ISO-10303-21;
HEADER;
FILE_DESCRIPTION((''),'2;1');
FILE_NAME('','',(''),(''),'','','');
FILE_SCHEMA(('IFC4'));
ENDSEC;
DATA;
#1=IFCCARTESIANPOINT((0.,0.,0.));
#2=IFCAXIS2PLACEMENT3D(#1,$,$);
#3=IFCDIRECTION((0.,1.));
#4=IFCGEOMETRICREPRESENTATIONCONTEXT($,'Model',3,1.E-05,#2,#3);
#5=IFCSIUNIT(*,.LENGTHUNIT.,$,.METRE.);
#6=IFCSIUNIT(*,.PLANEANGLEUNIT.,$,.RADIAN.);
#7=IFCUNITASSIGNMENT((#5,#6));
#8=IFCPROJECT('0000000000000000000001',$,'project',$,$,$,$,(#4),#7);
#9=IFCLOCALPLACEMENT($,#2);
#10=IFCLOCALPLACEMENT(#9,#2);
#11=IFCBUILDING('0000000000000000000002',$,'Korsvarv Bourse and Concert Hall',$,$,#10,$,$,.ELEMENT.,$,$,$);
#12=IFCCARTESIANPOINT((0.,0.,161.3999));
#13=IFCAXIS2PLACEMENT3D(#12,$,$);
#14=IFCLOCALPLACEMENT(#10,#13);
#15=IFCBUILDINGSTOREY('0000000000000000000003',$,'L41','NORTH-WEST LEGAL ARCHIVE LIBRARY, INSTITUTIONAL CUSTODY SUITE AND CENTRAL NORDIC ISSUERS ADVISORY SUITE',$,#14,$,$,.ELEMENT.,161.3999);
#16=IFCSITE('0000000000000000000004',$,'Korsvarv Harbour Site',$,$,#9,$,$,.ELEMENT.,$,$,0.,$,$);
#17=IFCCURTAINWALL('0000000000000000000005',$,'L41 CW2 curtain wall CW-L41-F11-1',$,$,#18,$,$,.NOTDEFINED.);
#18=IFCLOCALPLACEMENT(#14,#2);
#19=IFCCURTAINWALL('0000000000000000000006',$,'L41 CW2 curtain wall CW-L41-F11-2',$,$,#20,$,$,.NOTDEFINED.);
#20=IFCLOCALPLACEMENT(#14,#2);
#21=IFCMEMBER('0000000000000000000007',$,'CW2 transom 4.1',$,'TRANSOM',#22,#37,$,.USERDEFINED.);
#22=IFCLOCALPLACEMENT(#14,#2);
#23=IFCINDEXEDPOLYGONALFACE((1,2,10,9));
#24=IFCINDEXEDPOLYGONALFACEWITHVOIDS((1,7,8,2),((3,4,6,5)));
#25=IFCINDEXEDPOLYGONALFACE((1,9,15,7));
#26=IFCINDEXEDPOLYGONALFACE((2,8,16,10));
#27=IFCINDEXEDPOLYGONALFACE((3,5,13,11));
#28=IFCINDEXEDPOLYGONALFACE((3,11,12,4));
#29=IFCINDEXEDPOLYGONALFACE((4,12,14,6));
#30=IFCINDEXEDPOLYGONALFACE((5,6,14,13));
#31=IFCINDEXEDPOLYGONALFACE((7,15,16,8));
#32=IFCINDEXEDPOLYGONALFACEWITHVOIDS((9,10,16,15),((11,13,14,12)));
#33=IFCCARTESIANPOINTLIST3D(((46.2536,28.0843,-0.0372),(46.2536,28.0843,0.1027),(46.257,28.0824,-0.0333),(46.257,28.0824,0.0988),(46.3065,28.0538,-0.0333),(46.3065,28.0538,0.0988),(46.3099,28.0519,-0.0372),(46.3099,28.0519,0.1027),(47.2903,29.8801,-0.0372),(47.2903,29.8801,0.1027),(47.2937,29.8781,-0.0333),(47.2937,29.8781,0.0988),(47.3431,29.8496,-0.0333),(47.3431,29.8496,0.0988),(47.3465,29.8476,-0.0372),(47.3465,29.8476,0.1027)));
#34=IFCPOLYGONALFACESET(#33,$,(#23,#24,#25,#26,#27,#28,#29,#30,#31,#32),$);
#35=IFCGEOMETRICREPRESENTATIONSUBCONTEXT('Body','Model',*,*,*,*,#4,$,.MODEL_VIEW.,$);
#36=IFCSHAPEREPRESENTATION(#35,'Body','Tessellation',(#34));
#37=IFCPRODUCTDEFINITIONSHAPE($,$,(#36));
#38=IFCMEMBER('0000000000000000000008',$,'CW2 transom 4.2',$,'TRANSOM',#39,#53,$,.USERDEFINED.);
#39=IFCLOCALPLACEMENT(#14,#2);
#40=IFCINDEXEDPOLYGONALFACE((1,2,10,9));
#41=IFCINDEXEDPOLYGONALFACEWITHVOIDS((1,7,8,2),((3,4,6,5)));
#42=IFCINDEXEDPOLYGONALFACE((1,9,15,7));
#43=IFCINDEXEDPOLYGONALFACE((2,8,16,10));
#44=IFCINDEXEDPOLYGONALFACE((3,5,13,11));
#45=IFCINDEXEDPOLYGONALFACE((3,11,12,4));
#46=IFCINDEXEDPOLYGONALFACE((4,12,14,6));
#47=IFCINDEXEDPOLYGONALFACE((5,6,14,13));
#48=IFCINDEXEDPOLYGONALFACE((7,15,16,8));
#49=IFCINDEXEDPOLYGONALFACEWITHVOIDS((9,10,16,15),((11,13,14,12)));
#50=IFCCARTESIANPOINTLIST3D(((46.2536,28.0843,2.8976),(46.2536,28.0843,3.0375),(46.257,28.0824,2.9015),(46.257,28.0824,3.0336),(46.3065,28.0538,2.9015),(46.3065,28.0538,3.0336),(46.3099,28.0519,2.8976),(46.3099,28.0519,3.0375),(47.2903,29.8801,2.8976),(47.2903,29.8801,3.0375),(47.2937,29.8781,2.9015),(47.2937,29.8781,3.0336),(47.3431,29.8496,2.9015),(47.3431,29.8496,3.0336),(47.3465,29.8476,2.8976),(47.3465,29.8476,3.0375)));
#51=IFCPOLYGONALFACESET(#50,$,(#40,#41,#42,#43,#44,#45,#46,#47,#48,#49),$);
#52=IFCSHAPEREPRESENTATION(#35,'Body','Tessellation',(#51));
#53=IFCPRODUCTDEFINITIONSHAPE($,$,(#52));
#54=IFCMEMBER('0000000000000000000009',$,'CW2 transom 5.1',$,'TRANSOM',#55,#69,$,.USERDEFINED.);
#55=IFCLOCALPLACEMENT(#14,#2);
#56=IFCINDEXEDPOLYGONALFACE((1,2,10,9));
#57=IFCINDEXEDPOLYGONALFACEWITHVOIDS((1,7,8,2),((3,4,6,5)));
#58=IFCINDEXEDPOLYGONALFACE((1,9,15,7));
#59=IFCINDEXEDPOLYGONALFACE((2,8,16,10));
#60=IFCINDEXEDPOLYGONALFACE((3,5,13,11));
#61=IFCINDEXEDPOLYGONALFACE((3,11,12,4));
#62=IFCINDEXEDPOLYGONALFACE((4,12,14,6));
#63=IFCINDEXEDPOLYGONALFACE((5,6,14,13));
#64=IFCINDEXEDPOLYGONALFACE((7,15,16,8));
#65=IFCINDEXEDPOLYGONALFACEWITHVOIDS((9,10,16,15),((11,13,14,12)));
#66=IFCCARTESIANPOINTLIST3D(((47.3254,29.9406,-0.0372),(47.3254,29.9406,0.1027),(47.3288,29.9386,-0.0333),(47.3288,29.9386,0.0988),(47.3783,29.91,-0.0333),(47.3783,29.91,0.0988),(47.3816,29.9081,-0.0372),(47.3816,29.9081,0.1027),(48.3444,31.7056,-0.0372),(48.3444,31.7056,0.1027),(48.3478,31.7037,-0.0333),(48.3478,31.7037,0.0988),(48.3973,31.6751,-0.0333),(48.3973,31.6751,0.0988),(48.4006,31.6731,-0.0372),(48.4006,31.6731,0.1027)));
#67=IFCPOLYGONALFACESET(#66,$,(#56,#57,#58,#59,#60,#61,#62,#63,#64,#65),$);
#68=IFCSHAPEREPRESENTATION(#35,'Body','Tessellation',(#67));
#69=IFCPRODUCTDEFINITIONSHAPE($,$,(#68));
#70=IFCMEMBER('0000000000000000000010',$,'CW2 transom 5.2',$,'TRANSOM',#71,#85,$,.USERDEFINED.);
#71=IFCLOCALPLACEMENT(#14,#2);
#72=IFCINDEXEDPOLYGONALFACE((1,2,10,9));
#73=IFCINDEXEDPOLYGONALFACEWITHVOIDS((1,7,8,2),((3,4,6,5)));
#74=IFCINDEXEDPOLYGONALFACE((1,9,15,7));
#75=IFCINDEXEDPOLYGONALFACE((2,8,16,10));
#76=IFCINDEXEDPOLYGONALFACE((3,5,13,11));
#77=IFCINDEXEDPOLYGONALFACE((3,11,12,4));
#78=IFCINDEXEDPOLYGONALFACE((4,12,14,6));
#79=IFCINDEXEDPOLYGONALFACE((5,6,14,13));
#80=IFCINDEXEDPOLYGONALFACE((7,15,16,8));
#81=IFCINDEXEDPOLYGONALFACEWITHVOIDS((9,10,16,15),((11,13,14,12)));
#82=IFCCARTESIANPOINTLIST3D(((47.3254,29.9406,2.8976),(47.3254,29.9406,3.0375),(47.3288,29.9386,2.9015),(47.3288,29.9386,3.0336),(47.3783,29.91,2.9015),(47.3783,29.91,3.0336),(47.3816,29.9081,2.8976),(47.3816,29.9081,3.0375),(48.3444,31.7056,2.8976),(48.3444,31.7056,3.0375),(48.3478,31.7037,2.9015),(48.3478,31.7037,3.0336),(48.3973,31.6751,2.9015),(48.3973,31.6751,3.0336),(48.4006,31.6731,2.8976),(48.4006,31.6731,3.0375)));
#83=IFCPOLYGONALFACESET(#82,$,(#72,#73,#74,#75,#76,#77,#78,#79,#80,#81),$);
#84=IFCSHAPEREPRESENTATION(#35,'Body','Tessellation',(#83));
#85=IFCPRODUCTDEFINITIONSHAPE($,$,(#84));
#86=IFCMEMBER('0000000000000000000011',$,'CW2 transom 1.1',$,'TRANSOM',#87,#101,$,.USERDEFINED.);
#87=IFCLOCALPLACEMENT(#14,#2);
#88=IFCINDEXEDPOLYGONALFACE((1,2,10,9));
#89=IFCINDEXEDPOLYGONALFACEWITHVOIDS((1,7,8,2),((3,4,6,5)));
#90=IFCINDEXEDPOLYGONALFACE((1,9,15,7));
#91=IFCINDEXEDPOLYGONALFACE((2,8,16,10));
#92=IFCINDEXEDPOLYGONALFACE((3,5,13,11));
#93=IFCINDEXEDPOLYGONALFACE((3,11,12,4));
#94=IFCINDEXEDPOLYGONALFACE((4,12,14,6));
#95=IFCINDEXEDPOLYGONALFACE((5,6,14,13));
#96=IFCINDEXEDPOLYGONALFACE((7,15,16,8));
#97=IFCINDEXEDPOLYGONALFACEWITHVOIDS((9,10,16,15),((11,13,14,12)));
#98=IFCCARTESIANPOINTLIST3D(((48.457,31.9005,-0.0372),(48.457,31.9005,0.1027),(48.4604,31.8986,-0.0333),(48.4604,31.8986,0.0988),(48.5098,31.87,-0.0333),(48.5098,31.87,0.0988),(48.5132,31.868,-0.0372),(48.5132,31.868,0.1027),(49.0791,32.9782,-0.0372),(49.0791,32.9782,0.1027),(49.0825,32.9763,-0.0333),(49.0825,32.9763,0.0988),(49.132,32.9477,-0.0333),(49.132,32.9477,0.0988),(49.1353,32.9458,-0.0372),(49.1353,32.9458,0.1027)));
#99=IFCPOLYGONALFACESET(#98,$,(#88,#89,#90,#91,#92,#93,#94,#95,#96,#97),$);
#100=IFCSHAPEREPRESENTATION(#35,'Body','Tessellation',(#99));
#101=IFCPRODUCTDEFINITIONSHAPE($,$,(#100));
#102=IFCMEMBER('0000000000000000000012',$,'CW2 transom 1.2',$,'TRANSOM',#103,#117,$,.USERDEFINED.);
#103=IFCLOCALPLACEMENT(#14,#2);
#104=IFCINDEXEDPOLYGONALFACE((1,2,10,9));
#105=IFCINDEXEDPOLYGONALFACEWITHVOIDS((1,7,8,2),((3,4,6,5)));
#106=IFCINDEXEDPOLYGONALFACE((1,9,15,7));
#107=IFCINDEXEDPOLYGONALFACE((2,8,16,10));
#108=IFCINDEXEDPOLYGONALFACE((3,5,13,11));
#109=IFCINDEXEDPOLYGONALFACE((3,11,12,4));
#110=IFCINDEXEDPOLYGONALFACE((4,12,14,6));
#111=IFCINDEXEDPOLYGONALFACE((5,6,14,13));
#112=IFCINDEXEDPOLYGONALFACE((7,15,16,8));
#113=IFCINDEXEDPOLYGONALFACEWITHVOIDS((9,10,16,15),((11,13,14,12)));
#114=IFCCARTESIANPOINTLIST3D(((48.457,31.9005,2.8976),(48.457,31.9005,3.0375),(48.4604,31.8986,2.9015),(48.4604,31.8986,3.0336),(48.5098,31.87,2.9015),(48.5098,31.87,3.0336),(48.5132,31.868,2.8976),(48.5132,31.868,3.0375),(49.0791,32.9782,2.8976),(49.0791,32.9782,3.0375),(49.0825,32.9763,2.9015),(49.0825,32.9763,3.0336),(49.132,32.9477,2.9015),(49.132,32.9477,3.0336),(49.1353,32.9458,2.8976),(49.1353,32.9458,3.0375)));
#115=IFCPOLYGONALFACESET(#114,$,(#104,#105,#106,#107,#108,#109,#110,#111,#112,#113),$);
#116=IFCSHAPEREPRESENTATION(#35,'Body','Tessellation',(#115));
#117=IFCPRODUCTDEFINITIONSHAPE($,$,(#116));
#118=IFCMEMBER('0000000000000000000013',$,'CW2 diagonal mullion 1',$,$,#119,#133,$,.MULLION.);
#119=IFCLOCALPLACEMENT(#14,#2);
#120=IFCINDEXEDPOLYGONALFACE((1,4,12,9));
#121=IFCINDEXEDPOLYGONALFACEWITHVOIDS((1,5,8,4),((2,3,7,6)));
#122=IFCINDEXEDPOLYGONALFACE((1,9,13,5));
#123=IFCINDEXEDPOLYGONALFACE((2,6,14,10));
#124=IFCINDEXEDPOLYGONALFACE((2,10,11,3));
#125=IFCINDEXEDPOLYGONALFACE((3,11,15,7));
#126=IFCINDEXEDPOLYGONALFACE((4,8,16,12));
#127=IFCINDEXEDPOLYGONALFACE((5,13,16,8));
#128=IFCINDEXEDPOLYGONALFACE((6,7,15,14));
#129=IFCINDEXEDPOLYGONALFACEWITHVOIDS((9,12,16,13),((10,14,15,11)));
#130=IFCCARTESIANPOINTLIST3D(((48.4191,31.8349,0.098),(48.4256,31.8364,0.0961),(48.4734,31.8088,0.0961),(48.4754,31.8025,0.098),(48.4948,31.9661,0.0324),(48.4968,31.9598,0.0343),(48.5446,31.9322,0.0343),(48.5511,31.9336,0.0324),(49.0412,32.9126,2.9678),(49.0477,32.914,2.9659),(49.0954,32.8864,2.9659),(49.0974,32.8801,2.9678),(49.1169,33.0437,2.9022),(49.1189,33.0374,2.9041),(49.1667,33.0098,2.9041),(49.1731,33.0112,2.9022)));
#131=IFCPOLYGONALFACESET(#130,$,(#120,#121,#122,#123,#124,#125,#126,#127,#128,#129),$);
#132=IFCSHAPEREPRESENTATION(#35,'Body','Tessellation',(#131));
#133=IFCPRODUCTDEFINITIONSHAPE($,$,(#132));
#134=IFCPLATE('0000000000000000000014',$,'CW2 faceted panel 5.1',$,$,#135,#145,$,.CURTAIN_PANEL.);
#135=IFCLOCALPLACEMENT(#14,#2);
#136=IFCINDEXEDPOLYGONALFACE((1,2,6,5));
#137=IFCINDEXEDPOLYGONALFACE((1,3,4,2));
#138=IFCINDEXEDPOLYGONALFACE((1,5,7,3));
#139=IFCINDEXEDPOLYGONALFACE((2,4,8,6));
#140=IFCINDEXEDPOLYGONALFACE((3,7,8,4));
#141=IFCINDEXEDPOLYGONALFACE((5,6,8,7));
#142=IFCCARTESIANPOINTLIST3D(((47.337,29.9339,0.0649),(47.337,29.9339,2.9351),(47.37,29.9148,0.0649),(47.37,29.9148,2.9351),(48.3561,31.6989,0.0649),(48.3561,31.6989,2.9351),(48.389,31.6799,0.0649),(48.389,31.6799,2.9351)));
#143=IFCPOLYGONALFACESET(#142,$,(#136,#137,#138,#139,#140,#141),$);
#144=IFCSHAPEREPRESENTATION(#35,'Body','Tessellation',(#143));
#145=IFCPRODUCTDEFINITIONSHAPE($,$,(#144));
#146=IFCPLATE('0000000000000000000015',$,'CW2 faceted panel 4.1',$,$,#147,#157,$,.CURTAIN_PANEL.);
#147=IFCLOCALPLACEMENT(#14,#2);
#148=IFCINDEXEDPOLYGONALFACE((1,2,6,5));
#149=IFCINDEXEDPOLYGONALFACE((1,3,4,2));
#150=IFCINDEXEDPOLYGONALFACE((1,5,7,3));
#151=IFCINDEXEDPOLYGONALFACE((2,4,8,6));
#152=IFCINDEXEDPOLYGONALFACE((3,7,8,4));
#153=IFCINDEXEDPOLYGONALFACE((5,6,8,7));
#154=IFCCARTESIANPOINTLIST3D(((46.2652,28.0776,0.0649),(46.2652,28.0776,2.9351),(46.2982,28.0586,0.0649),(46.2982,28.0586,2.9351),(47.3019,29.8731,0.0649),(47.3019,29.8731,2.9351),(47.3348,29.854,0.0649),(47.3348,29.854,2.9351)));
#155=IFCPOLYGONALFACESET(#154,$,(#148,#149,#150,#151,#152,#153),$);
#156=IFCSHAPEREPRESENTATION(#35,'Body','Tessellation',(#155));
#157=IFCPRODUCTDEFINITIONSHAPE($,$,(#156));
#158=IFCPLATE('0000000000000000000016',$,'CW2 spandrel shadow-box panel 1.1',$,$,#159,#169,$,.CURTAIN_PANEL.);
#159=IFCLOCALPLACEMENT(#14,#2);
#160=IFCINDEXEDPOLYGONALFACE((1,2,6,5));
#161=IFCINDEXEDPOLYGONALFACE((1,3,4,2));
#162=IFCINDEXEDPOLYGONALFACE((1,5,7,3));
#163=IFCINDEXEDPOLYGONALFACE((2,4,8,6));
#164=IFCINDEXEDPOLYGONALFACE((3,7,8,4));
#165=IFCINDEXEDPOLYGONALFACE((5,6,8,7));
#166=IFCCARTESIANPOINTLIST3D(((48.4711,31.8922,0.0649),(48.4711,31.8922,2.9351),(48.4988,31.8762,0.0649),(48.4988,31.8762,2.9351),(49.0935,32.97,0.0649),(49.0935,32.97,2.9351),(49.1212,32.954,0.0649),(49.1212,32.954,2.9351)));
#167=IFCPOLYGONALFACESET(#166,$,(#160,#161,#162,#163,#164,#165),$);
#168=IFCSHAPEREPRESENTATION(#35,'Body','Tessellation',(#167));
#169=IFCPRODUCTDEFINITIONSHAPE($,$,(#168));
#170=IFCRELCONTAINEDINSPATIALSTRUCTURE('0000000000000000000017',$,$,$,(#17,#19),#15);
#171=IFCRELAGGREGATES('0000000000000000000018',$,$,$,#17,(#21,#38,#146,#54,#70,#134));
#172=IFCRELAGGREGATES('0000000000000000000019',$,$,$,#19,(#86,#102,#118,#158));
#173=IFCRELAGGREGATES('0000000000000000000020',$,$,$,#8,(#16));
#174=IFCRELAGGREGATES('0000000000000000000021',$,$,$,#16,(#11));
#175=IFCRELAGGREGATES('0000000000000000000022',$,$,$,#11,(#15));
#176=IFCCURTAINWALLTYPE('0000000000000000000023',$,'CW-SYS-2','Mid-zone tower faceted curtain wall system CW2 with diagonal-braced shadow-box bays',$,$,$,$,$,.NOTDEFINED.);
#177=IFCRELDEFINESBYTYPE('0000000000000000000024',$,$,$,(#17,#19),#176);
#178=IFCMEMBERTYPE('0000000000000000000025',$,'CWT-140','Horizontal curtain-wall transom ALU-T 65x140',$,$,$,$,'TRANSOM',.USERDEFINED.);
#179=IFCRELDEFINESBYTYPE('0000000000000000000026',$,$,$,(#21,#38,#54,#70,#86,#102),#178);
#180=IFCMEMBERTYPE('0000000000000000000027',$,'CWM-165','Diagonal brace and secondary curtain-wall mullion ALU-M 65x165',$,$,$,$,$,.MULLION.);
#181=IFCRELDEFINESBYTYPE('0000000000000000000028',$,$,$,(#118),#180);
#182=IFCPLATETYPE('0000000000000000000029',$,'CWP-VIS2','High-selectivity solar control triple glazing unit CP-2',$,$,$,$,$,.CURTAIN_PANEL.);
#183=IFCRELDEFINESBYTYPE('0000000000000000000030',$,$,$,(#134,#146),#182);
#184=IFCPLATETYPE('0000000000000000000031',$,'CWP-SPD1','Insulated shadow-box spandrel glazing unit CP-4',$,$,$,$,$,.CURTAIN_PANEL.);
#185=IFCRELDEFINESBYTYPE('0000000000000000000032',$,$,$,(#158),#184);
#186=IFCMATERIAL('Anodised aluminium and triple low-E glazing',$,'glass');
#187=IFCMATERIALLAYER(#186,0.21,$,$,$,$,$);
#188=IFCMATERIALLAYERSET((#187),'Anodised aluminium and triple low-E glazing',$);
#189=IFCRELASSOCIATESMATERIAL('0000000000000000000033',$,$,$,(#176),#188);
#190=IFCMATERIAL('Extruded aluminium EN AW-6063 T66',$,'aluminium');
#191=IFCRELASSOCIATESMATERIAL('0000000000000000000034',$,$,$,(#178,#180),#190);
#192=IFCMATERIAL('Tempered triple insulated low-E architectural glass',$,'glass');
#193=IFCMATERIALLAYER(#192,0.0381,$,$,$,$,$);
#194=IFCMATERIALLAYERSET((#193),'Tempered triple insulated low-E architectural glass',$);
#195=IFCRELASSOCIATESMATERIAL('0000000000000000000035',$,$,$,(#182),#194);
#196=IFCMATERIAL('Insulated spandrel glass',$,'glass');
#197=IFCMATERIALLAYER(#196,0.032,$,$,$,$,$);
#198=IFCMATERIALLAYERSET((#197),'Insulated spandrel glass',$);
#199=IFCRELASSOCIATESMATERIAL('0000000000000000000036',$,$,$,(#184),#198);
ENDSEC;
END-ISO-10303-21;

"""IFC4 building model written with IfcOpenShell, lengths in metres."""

from ifc_helpers import new_model, si_unit, direction, frame, origin, origin_2d, place, context, subcontext, project, spatial, rectangle, hollow_rectangle, extrude, source, transform, mapped, material, layer, layer_set, material_profile, profile_set, type_object, element, aggregate, save


model = new_model("IFC4")

# Units and contexts
model_context = context("Model", 3, precision=1e-05, world=origin(), true_north=direction((0.0, 1.0)))
body_context = subcontext(model_context, "Body", "Model", "MODEL_VIEW")
ifc_project = project(units=[si_unit("LENGTHUNIT", "METRE"), si_unit("PLANEANGLEUNIT", "RADIAN")], contexts=[model_context])

# Site, building, storey
site_placement = place(None, origin())
site = spatial("IfcSite", under=ifc_project, at=site_placement, Name="Korsvarv Harbour Site", CompositionType="ELEMENT", RefElevation=0.0)
building_placement = place(site_placement, origin())
building = spatial("IfcBuilding", under=site, at=building_placement, Name="Korsvarv Bourse and Concert Hall", CompositionType="ELEMENT")
storey_placement = place(building_placement, frame((0.0, 0.0, 161.3999)))
storey = spatial("IfcBuildingStorey", under=building, at=storey_placement, Name="L41", Description="NORTH-WEST LEGAL ARCHIVE LIBRARY, INSTITUTIONAL CUSTODY SUITE AND CENTRAL NORDIC ISSUERS ADVISORY SUITE", CompositionType="ELEMENT", Elevation=161.3999)

# Curtain wall
ifc_material_1 = material(Name="Anodised aluminium and triple low-E glazing", Category="glass")
ifc_layer_1 = layer(ifc_material_1, 0.21)
ifc_layer_set_1 = layer_set([ifc_layer_1], Name="Anodised aluminium and triple low-E glazing")
curtain_wall_type = type_object("IfcCurtainWallType", Name="CW-SYS-2", Description="Mid-zone tower faceted curtain wall system CW2 with diagonal-braced shadow-box bays", PredefinedType="NOTDEFINED", material=ifc_layer_set_1)
curtain_wall_1_placement = place(storey_placement, origin())
curtain_wall_1 = element("IfcCurtainWall", 1, at=curtain_wall_1_placement, inside=storey, type_object=curtain_wall_type, Name="L41 CW2 curtain wall CW-L41-F11-1", PredefinedType="NOTDEFINED")
ifc_material_2 = material(Name="Extruded aluminium EN AW-6063 T66", Category="aluminium")

# Curtain wall
curtain_wall_2_placement = place(storey_placement, origin())
curtain_wall_2 = element("IfcCurtainWall", 2, at=curtain_wall_2_placement, inside=storey, type_object=curtain_wall_type, Name="L41 CW2 curtain wall CW-L41-F11-2", PredefinedType="NOTDEFINED")

# Members
ifc_material_profile_1 = material_profile(ifc_material_2, hollow_rectangle(XDim=0.0649, YDim=0.1399, WallThickness=0.0039, at=origin_2d()), Name="ALU-T 65x140")
ifc_profile_set_1 = profile_set([ifc_material_profile_1], Name="Extruded aluminium EN AW-6063 T66")
member_type_1 = type_object("IfcMemberType", Name="CWT-140", Description="Horizontal curtain-wall transom ALU-T 65x140", ElementType="TRANSOM", PredefinedType="USERDEFINED", material=ifc_profile_set_1)
shared_shape_1 = source(origin(), body_context, "Body", "SweptSolid", [
    extrude(hollow_rectangle(XDim=0.0649, YDim=0.1399, WallThickness=0.0039, at=origin_2d()), origin(), (0.0, 0.0, 1.0), 2.0735),
])
member_1_placement = place(storey_placement, frame((46.2817, 28.0681, 0.0327), z_axis=(0.499964, 0.866046, 0.0), x_axis=(-0.866046, 0.499964, 0.0)))
member_1 = element("IfcMember", 3, at=member_1_placement, type_object=member_type_1, Name="CW2 transom 4.1", ObjectType="TRANSOM", PredefinedType="USERDEFINED", context=body_context, shape_type="MappedRepresentation", body=[
    mapped(shared_shape_1, transform((0.0, 0.0, 0.0), scale=1.0)),
])
member_2_placement = place(storey_placement, frame((46.2817, 28.0681, 2.9675), z_axis=(0.499964, 0.866046, 0.0), x_axis=(-0.866046, 0.499964, 0.0)))
member_2 = element("IfcMember", 4, at=member_2_placement, type_object=member_type_1, Name="CW2 transom 4.2", ObjectType="TRANSOM", PredefinedType="USERDEFINED", context=body_context, shape_type="MappedRepresentation", body=[
    mapped(shared_shape_1, transform((0.0, 0.0, 0.0), scale=1.0)),
])
shared_shape_2 = source(origin(), body_context, "Body", "SweptSolid", [
    extrude(hollow_rectangle(XDim=0.0649, YDim=0.1399, WallThickness=0.0039, at=origin_2d()), origin(), (0.0, 0.0, 1.0), 2.0381),
])
member_3_placement = place(storey_placement, frame((47.3535, 29.9243, 0.0327), z_axis=(0.499978, 0.866038, 0.0), x_axis=(-0.866038, 0.499978, 0.0)))
member_3 = element("IfcMember", 5, at=member_3_placement, type_object=member_type_1, Name="CW2 transom 5.1", ObjectType="TRANSOM", PredefinedType="USERDEFINED", context=body_context, shape_type="MappedRepresentation", body=[
    mapped(shared_shape_2, transform((0.0, 0.0, 0.0), scale=1.0)),
])
member_4_placement = place(storey_placement, frame((47.3535, 29.9243, 2.9675), z_axis=(0.499978, 0.866038, 0.0), x_axis=(-0.866038, 0.499978, 0.0)))
member_4 = element("IfcMember", 6, at=member_4_placement, type_object=member_type_1, Name="CW2 transom 5.2", ObjectType="TRANSOM", PredefinedType="USERDEFINED", context=body_context, shape_type="MappedRepresentation", body=[
    mapped(shared_shape_2, transform((0.0, 0.0, 0.0), scale=1.0)),
])
shared_shape_3 = source(origin(), body_context, "Body", "SweptSolid", [
    extrude(hollow_rectangle(XDim=0.0649, YDim=0.1399, WallThickness=0.0039, at=origin_2d()), origin(), (0.0, 0.0, 1.0), 1.2444),
])
member_5_placement = place(storey_placement, frame((48.4851, 31.8843, 0.0327), z_axis=(0.499938, 0.866061, 0.0), x_axis=(-0.866061, 0.499938, 0.0)))
member_5 = element("IfcMember", 7, at=member_5_placement, type_object=member_type_1, Name="CW2 transom 1.1", ObjectType="TRANSOM", PredefinedType="USERDEFINED", context=body_context, shape_type="MappedRepresentation", body=[
    mapped(shared_shape_3, transform((0.0, 0.0, 0.0), scale=1.0)),
])
member_6_placement = place(storey_placement, frame((48.4851, 31.8843, 2.9675), z_axis=(0.499938, 0.866061, 0.0), x_axis=(-0.866061, 0.499938, 0.0)))
member_6 = element("IfcMember", 8, at=member_6_placement, type_object=member_type_1, Name="CW2 transom 1.2", ObjectType="TRANSOM", PredefinedType="USERDEFINED", context=body_context, shape_type="MappedRepresentation", body=[
    mapped(shared_shape_3, transform((0.0, 0.0, 0.0), scale=1.0)),
])
ifc_material_profile_2 = material_profile(ifc_material_2, hollow_rectangle(XDim=0.0649, YDim=0.165, WallThickness=0.0049, at=origin_2d()), Name="ALU-M 65x165")
ifc_profile_set_2 = profile_set([ifc_material_profile_2], Name="Extruded aluminium EN AW-6063 T66")
member_type_2 = type_object("IfcMemberType", Name="CWM-165", Description="Diagonal brace and secondary curtain-wall mullion ALU-M 65x165", PredefinedType="MULLION", material=ifc_profile_set_2)
shared_shape_4 = source(origin(), body_context, "Body", "SweptSolid", [
    extrude(hollow_rectangle(XDim=0.0649, YDim=0.165, WallThickness=0.0049, at=origin_2d()), origin(), (0.0, 0.0, 1.0), 3.1279),
])
member_7_placement = place(storey_placement, frame((48.4851, 31.8843, 0.0652), z_axis=(0.198871, 0.344512, 0.917476), x_axis=(-0.866061, 0.499938, 0.0)))
member_7 = element("IfcMember", 9, at=member_7_placement, type_object=member_type_2, Name="CW2 diagonal mullion 1", PredefinedType="MULLION", context=body_context, shape_type="MappedRepresentation", body=[
    mapped(shared_shape_4, transform((0.0, 0.0, 0.0), scale=1.0)),
])

# Plates
ifc_material_3 = material(Name="Tempered triple insulated low-E architectural glass", Category="glass")
ifc_layer_2 = layer(ifc_material_3, 0.0381)
ifc_layer_set_2 = layer_set([ifc_layer_2], Name="Tempered triple insulated low-E architectural glass")
plate_type_1 = type_object("IfcPlateType", Name="CWP-VIS2", Description="High-selectivity solar control triple glazing unit CP-2", PredefinedType="CURTAIN_PANEL", material=ifc_layer_set_2)
shared_shape_5 = source(origin(), body_context, "Body", "SweptSolid", [
    extrude(rectangle(XDim=2.0381, YDim=0.0381, at=origin_2d()), origin(), (0.0, 0.0, 1.0), 2.8701),
])
plate_1_placement = place(storey_placement, frame((47.863, 30.8069, 0.0649), z_axis=(0.0, 0.0, 1.0), x_axis=(0.499998, 0.866026, 0.0)))
plate_1 = element("IfcPlate", 10, at=plate_1_placement, type_object=plate_type_1, Name="CW2 faceted panel 5.1", PredefinedType="CURTAIN_PANEL", context=body_context, shape_type="MappedRepresentation", body=[
    mapped(shared_shape_5, transform((0.0, 0.0, 0.0), scale=1.0)),
])
shared_shape_6 = source(origin(), body_context, "Body", "SweptSolid", [
    extrude(rectangle(XDim=2.0732, YDim=0.0381, at=origin_2d()), origin(), (0.0, 0.0, 1.0), 2.8701),
])
plate_2_placement = place(storey_placement, frame((46.8, 28.9658, 0.0649), z_axis=(0.0, 0.0, 1.0), x_axis=(0.499998, 0.866026, 0.0)))
plate_2 = element("IfcPlate", 11, at=plate_2_placement, type_object=plate_type_1, Name="CW2 faceted panel 4.1", PredefinedType="CURTAIN_PANEL", context=body_context, shape_type="MappedRepresentation", body=[
    mapped(shared_shape_6, transform((0.0, 0.0, 0.0), scale=1.0)),
])
aggregate(curtain_wall_1, [member_1, member_2, plate_2, member_3, member_4, plate_1])
ifc_material_4 = material(Name="Insulated spandrel glass", Category="glass")
ifc_layer_3 = layer(ifc_material_4, 0.032)
ifc_layer_set_3 = layer_set([ifc_layer_3], Name="Insulated spandrel glass")
plate_type_2 = type_object("IfcPlateType", Name="CWP-SPD1", Description="Insulated shadow-box spandrel glazing unit CP-4", PredefinedType="CURTAIN_PANEL", material=ifc_layer_set_3)
shared_shape_7 = source(origin(), body_context, "Body", "SweptSolid", [
    extrude(rectangle(XDim=1.2446, YDim=0.032, at=origin_2d()), origin(), (0.0, 0.0, 1.0), 2.8701),
])
plate_3_placement = place(storey_placement, frame((48.7961, 32.4231, 0.0649), z_axis=(0.0, 0.0, 1.0), x_axis=(0.500031, 0.866008, 0.0)))
plate_3 = element("IfcPlate", 12, at=plate_3_placement, type_object=plate_type_2, Name="CW2 spandrel shadow-box panel 1.1", PredefinedType="CURTAIN_PANEL", context=body_context, shape_type="MappedRepresentation", body=[
    mapped(shared_shape_7, transform((0.0, 0.0, 0.0), scale=1.0)),
])
aggregate(curtain_wall_2, [member_5, member_6, member_7, plate_3])

save(model, "model.ifc")
